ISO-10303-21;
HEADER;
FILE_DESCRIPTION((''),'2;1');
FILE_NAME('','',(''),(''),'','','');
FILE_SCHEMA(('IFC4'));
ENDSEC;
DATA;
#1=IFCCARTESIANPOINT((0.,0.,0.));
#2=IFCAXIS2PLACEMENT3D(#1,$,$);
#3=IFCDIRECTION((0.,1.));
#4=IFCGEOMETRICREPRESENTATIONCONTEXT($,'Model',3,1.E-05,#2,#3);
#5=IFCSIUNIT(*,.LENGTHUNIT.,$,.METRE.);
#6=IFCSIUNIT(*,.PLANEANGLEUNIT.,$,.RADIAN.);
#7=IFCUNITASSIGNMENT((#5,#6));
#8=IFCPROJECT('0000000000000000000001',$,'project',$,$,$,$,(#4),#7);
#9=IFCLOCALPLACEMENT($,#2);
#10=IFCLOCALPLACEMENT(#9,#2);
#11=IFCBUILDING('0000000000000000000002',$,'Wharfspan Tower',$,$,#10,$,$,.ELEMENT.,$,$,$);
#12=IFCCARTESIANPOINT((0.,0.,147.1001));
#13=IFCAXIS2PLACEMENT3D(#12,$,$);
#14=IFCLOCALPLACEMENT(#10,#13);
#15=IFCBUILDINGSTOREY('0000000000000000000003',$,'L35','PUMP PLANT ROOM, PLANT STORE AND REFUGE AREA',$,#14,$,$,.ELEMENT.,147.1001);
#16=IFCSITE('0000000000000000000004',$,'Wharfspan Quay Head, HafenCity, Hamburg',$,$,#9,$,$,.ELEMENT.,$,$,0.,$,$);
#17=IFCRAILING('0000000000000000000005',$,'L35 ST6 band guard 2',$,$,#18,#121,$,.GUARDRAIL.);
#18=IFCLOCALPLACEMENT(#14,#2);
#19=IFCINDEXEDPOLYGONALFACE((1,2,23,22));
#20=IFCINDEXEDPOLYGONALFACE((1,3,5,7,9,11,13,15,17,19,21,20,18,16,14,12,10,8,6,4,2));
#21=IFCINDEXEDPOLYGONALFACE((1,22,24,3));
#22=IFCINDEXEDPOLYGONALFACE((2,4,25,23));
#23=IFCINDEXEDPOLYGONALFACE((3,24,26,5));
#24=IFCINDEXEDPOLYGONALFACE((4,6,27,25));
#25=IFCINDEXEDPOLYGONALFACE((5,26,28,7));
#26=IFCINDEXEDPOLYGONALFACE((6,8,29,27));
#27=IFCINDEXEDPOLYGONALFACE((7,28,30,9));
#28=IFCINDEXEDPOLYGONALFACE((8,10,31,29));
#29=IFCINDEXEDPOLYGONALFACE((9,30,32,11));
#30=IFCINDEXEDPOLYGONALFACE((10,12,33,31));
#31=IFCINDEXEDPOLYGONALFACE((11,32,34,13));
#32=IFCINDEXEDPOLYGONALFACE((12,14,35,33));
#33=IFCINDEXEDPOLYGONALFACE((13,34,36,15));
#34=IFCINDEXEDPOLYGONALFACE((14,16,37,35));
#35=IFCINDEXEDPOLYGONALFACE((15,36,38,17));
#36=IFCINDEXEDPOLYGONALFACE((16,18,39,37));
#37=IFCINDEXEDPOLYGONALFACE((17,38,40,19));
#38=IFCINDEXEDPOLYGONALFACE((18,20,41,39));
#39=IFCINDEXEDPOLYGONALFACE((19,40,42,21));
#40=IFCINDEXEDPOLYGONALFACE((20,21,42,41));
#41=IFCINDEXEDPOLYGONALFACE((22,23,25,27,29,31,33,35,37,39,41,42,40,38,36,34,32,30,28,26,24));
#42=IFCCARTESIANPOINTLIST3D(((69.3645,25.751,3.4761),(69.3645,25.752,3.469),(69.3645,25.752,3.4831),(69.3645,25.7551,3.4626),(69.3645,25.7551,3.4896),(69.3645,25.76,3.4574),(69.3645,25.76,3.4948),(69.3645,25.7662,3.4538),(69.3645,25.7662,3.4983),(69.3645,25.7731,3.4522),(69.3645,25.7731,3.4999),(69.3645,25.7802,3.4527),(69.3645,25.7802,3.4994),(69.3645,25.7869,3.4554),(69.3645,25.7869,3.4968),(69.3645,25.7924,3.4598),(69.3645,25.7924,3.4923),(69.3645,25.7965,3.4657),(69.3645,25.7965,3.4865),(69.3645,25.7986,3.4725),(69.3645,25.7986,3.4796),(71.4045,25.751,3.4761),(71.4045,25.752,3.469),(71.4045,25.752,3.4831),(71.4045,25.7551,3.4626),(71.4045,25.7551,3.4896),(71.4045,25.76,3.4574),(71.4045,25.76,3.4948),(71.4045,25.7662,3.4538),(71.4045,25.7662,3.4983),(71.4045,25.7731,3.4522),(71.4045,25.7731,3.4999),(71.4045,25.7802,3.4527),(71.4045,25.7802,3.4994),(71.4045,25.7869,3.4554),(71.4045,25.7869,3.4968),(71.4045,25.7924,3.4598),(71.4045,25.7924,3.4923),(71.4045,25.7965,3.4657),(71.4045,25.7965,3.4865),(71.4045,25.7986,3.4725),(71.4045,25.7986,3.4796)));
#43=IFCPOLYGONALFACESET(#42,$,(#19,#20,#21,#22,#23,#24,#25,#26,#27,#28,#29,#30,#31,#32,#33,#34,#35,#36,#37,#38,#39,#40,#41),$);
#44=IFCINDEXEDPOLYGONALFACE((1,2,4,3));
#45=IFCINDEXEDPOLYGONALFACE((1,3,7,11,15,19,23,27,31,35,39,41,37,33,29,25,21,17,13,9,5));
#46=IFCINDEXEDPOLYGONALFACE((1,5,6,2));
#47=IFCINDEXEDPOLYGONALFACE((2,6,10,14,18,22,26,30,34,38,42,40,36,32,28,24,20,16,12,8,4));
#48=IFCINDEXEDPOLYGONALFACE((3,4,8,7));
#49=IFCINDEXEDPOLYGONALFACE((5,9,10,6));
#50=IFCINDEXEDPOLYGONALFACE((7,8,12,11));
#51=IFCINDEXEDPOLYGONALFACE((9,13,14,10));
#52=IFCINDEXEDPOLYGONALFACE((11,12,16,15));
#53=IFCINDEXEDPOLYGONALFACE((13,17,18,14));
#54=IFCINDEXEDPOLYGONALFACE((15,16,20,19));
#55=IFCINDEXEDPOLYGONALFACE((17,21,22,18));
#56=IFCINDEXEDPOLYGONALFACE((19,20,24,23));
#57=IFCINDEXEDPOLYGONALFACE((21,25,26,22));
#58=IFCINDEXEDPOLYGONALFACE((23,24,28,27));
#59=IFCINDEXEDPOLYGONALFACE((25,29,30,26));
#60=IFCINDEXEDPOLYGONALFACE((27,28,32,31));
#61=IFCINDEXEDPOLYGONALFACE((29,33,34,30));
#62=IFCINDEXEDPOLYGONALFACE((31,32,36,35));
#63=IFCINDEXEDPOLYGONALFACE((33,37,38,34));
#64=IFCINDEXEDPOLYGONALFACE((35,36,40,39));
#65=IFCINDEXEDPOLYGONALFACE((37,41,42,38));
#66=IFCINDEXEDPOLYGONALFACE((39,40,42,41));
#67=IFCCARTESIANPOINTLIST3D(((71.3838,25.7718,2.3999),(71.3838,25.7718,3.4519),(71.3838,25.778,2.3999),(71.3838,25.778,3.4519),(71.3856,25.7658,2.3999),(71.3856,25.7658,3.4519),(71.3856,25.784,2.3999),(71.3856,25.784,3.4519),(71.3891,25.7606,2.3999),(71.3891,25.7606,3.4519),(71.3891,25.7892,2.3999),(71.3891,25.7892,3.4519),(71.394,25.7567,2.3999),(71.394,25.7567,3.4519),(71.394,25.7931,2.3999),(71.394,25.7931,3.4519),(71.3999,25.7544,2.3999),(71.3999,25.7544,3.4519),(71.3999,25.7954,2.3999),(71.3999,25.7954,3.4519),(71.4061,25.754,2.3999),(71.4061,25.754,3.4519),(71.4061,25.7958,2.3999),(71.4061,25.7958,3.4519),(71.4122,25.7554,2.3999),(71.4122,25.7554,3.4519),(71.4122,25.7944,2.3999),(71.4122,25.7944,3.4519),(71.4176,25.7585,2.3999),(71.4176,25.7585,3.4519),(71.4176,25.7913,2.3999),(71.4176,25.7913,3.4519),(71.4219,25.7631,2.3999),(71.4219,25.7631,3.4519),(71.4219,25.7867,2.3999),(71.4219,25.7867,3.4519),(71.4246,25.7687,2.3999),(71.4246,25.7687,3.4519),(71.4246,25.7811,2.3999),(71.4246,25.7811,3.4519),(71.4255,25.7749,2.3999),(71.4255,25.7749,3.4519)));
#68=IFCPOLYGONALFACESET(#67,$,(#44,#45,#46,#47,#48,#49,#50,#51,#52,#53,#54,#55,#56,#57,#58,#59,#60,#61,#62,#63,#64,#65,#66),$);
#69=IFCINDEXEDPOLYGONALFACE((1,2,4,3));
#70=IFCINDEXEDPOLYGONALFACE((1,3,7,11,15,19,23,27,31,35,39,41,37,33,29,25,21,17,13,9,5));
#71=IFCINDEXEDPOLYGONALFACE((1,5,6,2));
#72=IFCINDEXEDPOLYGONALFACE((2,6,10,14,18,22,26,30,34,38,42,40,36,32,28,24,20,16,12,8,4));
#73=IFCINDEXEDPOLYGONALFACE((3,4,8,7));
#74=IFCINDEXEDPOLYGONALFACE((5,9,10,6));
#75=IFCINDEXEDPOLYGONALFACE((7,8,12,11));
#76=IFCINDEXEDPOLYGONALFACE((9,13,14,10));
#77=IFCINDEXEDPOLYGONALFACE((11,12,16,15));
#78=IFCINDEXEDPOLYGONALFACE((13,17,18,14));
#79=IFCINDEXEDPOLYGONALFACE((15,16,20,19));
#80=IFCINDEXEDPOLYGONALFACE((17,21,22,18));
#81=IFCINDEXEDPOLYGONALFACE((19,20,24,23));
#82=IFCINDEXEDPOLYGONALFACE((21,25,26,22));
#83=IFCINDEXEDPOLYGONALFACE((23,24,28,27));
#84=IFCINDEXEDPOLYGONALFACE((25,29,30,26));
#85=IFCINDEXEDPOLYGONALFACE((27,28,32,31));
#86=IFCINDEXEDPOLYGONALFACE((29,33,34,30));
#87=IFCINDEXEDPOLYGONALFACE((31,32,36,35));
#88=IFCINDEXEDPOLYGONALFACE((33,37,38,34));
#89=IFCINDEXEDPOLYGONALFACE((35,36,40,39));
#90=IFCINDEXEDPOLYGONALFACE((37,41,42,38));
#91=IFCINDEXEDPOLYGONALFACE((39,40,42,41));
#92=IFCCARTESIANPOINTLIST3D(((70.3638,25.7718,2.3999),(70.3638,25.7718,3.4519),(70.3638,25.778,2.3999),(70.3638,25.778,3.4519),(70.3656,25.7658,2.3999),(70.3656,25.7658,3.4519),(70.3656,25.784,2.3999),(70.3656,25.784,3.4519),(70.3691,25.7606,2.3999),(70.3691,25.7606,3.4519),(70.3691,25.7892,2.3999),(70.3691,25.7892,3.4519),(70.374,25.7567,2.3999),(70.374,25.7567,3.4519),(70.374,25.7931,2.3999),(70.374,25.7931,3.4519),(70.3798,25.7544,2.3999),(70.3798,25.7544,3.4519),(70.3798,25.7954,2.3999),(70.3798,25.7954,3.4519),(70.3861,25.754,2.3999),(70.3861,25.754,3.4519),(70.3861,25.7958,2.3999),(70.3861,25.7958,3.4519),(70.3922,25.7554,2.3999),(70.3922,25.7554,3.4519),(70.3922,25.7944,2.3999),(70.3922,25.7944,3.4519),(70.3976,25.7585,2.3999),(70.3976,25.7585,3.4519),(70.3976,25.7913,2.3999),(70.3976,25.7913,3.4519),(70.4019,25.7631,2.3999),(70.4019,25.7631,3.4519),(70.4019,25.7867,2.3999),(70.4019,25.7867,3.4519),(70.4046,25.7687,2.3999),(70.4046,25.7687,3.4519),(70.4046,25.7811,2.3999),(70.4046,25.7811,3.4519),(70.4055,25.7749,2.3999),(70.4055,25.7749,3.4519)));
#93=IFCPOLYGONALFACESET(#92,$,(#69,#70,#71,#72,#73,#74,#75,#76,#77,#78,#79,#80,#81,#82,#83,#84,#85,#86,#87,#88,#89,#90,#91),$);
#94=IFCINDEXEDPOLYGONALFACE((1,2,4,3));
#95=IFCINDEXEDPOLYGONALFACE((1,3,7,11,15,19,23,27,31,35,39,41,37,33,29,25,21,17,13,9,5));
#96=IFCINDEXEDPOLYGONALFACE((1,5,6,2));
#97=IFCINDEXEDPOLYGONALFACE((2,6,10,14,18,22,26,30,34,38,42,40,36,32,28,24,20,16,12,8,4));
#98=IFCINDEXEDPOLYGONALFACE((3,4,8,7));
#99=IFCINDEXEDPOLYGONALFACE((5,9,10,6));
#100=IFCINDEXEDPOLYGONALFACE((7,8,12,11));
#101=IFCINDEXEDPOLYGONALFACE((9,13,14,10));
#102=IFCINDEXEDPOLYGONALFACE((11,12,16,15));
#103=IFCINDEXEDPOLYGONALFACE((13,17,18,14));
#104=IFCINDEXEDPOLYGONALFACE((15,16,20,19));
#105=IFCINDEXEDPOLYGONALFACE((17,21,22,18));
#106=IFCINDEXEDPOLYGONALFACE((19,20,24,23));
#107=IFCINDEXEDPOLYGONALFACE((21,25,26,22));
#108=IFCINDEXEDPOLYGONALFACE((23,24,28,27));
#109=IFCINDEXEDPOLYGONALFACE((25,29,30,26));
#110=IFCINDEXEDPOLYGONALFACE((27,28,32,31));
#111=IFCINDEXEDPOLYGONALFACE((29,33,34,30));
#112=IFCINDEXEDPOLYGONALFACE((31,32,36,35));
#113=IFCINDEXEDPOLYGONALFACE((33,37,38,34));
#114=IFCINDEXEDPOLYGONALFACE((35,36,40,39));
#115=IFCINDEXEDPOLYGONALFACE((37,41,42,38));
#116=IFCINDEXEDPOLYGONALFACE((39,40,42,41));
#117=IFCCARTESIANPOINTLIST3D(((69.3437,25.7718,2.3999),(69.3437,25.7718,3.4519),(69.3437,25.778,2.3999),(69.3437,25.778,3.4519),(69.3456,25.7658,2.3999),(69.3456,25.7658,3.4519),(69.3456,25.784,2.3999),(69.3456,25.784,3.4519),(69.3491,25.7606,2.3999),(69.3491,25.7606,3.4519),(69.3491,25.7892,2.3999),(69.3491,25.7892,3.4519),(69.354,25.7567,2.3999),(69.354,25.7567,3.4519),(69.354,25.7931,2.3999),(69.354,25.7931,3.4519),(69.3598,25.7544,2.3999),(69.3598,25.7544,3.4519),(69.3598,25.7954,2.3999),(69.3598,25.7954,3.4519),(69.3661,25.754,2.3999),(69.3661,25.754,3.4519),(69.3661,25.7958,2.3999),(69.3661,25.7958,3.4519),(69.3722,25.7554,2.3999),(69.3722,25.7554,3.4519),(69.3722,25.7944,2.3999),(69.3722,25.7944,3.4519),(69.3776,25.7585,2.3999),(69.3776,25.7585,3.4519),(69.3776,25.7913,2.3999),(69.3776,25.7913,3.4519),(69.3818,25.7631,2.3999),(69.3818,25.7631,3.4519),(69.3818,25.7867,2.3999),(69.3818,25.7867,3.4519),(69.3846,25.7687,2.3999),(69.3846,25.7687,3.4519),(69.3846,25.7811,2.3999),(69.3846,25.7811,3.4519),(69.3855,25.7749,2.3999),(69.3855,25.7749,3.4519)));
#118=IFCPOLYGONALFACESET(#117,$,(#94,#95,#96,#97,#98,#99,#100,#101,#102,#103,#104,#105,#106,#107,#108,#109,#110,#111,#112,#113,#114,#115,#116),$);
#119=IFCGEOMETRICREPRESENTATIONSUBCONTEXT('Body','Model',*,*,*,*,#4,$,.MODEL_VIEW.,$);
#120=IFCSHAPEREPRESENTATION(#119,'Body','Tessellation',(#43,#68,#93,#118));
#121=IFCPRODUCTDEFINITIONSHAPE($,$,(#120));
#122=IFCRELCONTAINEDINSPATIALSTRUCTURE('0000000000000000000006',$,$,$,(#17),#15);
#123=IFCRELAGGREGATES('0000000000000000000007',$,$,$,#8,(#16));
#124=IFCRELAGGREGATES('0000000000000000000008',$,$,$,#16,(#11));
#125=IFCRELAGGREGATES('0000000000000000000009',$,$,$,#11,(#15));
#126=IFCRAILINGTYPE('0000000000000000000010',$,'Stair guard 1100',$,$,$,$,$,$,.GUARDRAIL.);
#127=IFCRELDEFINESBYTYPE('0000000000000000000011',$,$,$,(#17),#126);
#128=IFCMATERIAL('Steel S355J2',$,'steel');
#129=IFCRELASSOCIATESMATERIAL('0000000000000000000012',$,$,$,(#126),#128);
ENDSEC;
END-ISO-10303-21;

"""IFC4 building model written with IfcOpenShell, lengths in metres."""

from ifc_helpers import new_model, si_unit, direction, frame, origin, origin_2d, place, context, subcontext, project, spatial, circle, extrude, material, type_object, element, save


model = new_model("IFC4")

# Units and contexts
model_context = context("Model", 3, precision=1e-05, world=origin(), true_north=direction((0.0, 1.0)))
body_context = subcontext(model_context, "Body", "Model", "MODEL_VIEW")
ifc_project = project(units=[si_unit("LENGTHUNIT", "METRE"), si_unit("PLANEANGLEUNIT", "RADIAN")], contexts=[model_context])

# Site, building, storey
site_placement = place(None, origin())
site = spatial("IfcSite", under=ifc_project, at=site_placement, Name="Wharfspan Quay Head, HafenCity, Hamburg", CompositionType="ELEMENT", RefElevation=0.0)
building_placement = place(site_placement, origin())
building = spatial("IfcBuilding", under=site, at=building_placement, Name="Wharfspan Tower", CompositionType="ELEMENT")
storey_placement = place(building_placement, frame((0.0, 0.0, 147.1001)))
storey = spatial("IfcBuildingStorey", under=building, at=storey_placement, Name="L35", Description="PUMP PLANT ROOM, PLANT STORE AND REFUGE AREA", CompositionType="ELEMENT", Elevation=147.1001)

# Railing
ifc_material_1 = material(Name="Steel S355J2", Category="steel")
railing_type = type_object("IfcRailingType", Name="Stair guard 1100", PredefinedType="GUARDRAIL", material=ifc_material_1)
railing_1_placement = place(storey_placement, frame((71.4045, 25.7749, 2.3999)))
element("IfcRailing", 1, at=railing_1_placement, inside=storey, type_object=railing_type, Name="L35 ST6 band guard 2", PredefinedType="GUARDRAIL", context=body_context, shape_type="SweptSolid", body=[
    extrude(circle(Radius=0.0239, at=origin_2d()), frame((0.0, 0.0, 1.0762), z_axis=(-1.0, 0.0, 0.0), x_axis=(0.0, -1.0, 0.0)), (0.0, 0.0, 1.0), 2.04),
    extrude(circle(Radius=0.021, at=origin_2d()), origin(), (0.0, 0.0, 1.0), 1.052),
    extrude(circle(Radius=0.021, at=origin_2d()), frame((-1.02, 0.0, 0.0)), (0.0, 0.0, 1.0), 1.052),
    extrude(circle(Radius=0.021, at=origin_2d()), frame((-2.04, 0.0, 0.0)), (0.0, 0.0, 1.0), 1.052),
])

save(model, "model.ifc")
